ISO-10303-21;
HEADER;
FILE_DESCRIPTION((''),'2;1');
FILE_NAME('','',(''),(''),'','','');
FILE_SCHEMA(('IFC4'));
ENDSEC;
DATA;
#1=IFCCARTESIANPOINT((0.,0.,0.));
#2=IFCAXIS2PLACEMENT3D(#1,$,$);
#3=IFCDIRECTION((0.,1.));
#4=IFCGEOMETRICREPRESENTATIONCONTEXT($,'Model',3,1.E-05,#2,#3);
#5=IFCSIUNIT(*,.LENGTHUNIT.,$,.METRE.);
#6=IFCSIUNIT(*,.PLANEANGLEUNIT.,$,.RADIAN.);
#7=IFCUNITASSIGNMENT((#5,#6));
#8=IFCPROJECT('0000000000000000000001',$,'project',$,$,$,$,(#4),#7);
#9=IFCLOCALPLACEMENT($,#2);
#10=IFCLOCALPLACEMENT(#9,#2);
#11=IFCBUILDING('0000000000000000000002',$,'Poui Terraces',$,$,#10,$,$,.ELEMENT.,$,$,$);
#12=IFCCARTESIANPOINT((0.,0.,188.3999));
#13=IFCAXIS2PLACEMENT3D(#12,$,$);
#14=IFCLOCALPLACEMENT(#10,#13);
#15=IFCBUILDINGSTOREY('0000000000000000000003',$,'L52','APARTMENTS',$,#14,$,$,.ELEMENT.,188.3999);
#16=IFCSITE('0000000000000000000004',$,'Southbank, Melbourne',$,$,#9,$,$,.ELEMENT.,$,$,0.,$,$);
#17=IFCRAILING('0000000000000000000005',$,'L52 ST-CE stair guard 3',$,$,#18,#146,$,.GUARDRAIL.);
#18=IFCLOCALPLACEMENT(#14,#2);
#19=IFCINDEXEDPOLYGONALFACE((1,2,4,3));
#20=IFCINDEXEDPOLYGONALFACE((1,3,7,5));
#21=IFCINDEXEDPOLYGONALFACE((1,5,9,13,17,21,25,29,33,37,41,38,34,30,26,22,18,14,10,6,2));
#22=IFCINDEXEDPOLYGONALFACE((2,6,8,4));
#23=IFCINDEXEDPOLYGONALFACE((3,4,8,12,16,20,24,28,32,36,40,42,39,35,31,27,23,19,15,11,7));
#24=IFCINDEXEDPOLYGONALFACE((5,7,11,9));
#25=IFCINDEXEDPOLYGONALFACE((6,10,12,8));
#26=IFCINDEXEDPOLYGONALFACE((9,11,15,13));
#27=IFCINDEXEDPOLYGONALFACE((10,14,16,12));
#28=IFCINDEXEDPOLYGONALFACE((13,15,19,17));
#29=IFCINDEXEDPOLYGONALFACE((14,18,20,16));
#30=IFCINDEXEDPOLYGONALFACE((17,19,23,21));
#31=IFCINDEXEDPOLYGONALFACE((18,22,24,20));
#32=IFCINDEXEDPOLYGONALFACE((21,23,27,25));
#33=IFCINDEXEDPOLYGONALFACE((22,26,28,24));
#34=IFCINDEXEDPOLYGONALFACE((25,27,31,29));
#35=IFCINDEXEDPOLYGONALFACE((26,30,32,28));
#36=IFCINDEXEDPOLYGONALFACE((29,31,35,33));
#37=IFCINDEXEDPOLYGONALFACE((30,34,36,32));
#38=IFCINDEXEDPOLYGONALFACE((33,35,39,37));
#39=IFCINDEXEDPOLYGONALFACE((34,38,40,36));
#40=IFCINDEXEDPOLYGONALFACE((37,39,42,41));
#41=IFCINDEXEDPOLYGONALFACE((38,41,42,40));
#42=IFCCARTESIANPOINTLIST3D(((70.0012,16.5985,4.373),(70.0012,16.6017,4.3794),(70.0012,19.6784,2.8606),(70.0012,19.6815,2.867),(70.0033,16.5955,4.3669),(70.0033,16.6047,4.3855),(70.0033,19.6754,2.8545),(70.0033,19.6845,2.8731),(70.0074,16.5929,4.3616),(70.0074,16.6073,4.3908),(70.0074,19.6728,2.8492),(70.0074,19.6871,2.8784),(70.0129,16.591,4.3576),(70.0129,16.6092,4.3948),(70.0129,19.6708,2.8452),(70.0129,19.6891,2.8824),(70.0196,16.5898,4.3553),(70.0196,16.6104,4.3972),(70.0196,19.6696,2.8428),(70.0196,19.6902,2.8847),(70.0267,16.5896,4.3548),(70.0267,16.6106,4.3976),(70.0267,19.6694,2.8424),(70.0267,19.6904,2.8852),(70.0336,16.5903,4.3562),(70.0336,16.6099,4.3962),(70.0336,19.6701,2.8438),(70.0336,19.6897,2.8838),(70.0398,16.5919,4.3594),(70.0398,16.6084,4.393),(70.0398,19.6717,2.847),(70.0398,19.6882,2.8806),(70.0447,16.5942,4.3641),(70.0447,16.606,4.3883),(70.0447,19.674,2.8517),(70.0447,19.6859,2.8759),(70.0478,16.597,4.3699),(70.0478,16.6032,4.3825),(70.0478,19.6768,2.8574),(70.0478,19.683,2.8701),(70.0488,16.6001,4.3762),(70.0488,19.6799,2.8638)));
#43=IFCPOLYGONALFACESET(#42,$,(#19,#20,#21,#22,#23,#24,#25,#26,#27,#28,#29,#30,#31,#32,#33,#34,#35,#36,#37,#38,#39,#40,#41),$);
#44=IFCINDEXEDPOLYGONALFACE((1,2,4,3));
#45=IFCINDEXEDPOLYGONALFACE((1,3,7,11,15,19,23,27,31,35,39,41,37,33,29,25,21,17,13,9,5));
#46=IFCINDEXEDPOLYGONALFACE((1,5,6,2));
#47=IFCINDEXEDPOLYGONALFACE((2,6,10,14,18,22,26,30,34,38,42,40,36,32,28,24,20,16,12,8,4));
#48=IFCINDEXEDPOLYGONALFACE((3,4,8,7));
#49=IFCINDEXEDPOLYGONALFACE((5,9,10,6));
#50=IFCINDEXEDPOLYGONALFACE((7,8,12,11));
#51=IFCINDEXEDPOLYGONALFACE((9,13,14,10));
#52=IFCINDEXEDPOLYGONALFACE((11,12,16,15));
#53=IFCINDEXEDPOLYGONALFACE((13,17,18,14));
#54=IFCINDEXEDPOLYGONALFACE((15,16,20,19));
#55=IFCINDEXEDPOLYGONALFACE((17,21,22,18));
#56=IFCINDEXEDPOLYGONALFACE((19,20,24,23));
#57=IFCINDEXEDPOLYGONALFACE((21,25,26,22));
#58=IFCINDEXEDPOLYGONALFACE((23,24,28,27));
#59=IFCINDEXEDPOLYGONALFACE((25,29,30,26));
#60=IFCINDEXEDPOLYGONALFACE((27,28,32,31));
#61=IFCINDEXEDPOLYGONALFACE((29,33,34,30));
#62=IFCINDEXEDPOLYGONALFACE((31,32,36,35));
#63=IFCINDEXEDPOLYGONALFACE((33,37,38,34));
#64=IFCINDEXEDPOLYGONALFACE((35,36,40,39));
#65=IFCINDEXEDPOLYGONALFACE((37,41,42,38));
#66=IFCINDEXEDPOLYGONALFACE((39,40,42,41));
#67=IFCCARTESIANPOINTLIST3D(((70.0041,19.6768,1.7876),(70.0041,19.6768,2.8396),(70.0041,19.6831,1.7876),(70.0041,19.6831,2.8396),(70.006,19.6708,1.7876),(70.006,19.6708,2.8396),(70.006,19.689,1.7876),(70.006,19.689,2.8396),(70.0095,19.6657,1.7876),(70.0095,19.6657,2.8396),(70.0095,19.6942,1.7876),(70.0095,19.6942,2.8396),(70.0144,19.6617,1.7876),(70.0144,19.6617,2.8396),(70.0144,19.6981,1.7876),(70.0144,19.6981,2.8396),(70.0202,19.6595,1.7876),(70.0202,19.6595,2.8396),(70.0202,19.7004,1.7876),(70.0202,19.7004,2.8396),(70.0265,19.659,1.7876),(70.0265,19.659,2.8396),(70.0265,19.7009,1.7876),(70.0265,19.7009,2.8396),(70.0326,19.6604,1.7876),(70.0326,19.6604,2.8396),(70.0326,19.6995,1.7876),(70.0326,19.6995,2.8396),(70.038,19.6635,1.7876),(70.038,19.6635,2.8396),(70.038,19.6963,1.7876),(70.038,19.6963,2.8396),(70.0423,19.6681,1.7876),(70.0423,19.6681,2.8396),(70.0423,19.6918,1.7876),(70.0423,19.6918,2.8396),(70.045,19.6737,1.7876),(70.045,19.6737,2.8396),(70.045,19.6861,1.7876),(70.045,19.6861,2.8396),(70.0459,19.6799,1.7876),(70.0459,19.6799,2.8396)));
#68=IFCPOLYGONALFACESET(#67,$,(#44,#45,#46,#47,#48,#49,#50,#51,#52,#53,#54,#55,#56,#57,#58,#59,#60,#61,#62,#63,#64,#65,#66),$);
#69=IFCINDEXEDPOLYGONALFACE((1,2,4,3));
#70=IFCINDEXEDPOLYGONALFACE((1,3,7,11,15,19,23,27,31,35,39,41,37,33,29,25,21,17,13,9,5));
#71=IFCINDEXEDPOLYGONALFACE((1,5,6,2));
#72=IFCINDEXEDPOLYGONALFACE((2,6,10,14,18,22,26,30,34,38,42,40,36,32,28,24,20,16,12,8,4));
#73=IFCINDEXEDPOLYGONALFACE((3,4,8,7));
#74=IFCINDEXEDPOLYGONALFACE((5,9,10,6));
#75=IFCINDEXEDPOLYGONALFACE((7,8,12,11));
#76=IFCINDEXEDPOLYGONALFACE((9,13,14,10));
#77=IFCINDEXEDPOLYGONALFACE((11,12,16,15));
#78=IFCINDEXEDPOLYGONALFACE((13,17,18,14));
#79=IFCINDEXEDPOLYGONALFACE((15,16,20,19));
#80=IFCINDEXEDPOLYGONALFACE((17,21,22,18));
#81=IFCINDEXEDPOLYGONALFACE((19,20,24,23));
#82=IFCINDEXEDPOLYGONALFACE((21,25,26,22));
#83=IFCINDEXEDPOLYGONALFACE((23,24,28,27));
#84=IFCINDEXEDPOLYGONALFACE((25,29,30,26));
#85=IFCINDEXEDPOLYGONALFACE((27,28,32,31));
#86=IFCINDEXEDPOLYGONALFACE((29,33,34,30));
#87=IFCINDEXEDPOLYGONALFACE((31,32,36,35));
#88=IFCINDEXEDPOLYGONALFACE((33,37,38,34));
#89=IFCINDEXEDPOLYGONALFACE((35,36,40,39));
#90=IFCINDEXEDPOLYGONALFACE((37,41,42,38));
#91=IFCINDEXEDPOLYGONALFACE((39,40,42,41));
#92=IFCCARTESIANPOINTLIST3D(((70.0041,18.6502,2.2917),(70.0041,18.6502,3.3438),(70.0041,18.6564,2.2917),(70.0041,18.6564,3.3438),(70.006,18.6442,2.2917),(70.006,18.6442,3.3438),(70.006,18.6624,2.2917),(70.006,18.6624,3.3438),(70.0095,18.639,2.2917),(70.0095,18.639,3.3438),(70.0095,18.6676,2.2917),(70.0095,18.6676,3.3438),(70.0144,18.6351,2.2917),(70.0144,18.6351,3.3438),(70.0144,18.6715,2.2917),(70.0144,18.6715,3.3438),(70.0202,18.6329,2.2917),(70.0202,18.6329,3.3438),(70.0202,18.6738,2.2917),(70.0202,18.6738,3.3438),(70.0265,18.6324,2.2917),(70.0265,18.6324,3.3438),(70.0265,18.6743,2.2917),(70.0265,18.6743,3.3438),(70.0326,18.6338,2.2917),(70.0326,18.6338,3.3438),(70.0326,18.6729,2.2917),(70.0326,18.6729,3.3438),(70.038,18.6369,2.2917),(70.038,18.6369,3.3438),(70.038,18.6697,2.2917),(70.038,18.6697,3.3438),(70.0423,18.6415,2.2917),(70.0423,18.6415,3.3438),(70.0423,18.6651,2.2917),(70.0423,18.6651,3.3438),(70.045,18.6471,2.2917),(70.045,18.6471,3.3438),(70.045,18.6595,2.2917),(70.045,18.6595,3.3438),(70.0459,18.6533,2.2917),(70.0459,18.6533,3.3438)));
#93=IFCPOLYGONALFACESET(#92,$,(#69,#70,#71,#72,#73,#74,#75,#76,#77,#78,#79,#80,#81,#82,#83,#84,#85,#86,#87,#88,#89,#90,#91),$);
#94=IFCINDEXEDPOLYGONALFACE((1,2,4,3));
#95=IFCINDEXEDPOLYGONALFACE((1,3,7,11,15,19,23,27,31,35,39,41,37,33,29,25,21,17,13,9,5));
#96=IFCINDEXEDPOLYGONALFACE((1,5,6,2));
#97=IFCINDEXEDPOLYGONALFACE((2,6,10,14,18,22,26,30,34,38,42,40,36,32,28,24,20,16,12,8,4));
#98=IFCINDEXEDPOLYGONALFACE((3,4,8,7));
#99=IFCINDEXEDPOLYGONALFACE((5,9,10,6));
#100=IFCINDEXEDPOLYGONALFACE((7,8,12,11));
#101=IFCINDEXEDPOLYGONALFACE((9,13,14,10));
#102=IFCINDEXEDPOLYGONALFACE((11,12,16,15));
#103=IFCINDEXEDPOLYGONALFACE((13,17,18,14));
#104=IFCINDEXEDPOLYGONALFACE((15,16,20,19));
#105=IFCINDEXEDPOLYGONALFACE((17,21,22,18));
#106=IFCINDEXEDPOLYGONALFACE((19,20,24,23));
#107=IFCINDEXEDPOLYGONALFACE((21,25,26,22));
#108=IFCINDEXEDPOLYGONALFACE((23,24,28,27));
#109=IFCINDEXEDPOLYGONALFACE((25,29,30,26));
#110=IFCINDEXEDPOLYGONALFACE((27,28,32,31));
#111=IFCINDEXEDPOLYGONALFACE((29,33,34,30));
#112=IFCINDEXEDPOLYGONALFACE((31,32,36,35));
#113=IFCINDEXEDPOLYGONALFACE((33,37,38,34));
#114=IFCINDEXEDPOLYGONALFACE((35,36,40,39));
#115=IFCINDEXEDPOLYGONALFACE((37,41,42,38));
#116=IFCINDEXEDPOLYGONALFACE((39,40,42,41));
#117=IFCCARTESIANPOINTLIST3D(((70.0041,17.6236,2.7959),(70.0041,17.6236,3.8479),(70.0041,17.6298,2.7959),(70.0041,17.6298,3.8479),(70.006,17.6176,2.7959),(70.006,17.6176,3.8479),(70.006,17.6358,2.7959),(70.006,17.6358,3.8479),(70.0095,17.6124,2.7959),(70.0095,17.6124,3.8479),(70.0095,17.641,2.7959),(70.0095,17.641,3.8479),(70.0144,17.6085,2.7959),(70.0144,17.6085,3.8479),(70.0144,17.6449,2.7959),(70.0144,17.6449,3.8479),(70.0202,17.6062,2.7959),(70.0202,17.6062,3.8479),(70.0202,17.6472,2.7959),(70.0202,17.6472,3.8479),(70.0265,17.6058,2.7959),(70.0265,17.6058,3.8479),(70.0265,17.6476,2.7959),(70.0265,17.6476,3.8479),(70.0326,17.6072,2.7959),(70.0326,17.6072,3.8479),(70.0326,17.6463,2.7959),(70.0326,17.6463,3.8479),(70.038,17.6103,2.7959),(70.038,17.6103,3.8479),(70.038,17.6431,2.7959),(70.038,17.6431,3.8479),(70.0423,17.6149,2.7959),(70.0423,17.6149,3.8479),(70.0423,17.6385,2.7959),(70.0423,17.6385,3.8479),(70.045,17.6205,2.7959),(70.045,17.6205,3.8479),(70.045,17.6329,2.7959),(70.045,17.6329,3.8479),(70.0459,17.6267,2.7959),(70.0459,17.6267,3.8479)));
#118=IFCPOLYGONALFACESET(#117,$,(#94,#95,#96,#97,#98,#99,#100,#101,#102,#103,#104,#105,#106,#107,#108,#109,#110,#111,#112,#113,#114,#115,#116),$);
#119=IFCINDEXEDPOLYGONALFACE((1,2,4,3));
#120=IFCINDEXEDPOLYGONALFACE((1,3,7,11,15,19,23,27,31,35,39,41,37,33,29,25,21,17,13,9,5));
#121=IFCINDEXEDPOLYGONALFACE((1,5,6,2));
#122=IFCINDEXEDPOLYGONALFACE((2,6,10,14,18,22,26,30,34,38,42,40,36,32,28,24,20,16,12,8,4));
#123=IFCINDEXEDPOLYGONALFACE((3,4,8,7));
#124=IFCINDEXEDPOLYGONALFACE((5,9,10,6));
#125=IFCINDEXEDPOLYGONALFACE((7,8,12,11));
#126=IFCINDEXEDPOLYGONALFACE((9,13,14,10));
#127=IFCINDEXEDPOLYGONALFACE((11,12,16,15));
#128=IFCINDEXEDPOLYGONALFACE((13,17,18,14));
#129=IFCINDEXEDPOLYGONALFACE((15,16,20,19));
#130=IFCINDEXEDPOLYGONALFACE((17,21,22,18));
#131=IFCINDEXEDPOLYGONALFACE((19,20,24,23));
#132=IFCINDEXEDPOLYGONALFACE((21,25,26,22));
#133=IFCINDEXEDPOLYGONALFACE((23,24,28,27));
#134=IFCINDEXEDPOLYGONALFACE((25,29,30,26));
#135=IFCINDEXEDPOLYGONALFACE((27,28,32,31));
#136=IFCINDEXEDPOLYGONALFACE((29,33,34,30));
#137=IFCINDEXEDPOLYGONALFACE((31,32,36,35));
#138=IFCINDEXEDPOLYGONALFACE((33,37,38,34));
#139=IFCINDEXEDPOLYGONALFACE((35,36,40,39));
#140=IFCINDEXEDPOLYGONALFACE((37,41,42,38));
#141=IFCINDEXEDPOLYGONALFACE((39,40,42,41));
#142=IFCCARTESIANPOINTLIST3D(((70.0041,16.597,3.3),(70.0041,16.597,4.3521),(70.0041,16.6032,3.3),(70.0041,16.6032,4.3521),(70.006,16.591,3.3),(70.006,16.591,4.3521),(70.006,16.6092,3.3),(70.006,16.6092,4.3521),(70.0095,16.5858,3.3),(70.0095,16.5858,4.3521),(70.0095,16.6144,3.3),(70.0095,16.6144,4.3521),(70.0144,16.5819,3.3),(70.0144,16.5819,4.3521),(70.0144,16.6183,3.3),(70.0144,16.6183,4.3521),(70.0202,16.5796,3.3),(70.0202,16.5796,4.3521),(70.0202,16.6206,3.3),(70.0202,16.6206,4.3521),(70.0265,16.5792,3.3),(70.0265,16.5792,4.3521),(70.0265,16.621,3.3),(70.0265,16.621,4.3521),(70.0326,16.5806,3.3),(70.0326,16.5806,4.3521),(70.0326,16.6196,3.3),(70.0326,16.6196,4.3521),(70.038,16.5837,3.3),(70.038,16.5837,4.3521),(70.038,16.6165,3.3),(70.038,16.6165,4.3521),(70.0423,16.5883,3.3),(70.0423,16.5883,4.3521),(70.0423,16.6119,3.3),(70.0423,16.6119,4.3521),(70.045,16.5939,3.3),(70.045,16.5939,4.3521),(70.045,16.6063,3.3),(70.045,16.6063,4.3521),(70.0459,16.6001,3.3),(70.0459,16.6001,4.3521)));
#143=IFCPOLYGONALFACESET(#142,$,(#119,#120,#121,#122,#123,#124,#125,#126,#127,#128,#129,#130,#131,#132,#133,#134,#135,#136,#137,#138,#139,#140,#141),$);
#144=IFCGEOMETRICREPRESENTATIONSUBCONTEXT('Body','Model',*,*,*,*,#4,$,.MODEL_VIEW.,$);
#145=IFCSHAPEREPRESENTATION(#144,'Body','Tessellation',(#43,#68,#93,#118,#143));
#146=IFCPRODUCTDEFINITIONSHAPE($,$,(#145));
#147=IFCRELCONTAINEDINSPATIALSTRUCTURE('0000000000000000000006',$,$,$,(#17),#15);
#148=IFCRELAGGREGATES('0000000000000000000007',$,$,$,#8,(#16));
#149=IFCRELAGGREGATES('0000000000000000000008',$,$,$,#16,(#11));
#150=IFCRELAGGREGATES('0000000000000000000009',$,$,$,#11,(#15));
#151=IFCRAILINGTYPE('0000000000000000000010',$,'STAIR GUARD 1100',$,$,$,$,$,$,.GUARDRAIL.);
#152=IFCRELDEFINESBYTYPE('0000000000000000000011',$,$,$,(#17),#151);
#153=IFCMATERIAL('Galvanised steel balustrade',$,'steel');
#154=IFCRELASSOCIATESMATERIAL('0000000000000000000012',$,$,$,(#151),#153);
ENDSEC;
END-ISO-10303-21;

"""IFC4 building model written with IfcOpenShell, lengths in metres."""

from ifc_helpers import new_model, si_unit, direction, frame, origin, origin_2d, place, context, subcontext, project, spatial, circle, extrude, material, type_object, element, save


model = new_model("IFC4")

# Units and contexts
model_context = context("Model", 3, precision=1e-05, world=origin(), true_north=direction((0.0, 1.0)))
body_context = subcontext(model_context, "Body", "Model", "MODEL_VIEW")
ifc_project = project(units=[si_unit("LENGTHUNIT", "METRE"), si_unit("PLANEANGLEUNIT", "RADIAN")], contexts=[model_context])

# Site, building, storey
site_placement = place(None, origin())
site = spatial("IfcSite", under=ifc_project, at=site_placement, Name="Southbank, Melbourne", CompositionType="ELEMENT", RefElevation=0.0)
building_placement = place(site_placement, origin())
building = spatial("IfcBuilding", under=site, at=building_placement, Name="Poui Terraces", CompositionType="ELEMENT")
storey_placement = place(building_placement, frame((0.0, 0.0, 188.3999)))
storey = spatial("IfcBuildingStorey", under=building, at=storey_placement, Name="L52", Description="APARTMENTS", CompositionType="ELEMENT", Elevation=188.3999)

# Railing
ifc_material_1 = material(Name="Galvanised steel balustrade", Category="steel")
railing_type_1 = type_object("IfcRailingType", Name="STAIR GUARD 1100", PredefinedType="GUARDRAIL", material=ifc_material_1)
railing_1_placement = place(storey_placement, frame((70.0249, 19.6799, 1.7876)))
element("IfcRailing", 1, at=railing_1_placement, inside=storey, type_object=railing_type_1, Name="L52 ST-CE stair guard 3", PredefinedType="GUARDRAIL", context=body_context, shape_type="SweptSolid", body=[
    extrude(circle(Radius=0.0239, at=origin_2d()), frame((0.0, 0.0, 1.0762), z_axis=(0.0, -0.897606, 0.440798), x_axis=(1.0, 0.0, 0.0)), (0.0, 0.0, 1.0), 3.4312),
    extrude(circle(Radius=0.021, at=origin_2d()), origin(), (0.0, 0.0, 1.0), 1.052),
    extrude(circle(Radius=0.021, at=origin_2d()), frame((0.0, -1.0266, 0.5042)), (0.0, 0.0, 1.0), 1.052),
    extrude(circle(Radius=0.021, at=origin_2d()), frame((0.0, -2.0532, 1.0083)), (0.0, 0.0, 1.0), 1.052),
    extrude(circle(Radius=0.021, at=origin_2d()), frame((0.0, -3.0798, 1.5125)), (0.0, 0.0, 1.0), 1.052),
])

save(model, "model.ifc")
